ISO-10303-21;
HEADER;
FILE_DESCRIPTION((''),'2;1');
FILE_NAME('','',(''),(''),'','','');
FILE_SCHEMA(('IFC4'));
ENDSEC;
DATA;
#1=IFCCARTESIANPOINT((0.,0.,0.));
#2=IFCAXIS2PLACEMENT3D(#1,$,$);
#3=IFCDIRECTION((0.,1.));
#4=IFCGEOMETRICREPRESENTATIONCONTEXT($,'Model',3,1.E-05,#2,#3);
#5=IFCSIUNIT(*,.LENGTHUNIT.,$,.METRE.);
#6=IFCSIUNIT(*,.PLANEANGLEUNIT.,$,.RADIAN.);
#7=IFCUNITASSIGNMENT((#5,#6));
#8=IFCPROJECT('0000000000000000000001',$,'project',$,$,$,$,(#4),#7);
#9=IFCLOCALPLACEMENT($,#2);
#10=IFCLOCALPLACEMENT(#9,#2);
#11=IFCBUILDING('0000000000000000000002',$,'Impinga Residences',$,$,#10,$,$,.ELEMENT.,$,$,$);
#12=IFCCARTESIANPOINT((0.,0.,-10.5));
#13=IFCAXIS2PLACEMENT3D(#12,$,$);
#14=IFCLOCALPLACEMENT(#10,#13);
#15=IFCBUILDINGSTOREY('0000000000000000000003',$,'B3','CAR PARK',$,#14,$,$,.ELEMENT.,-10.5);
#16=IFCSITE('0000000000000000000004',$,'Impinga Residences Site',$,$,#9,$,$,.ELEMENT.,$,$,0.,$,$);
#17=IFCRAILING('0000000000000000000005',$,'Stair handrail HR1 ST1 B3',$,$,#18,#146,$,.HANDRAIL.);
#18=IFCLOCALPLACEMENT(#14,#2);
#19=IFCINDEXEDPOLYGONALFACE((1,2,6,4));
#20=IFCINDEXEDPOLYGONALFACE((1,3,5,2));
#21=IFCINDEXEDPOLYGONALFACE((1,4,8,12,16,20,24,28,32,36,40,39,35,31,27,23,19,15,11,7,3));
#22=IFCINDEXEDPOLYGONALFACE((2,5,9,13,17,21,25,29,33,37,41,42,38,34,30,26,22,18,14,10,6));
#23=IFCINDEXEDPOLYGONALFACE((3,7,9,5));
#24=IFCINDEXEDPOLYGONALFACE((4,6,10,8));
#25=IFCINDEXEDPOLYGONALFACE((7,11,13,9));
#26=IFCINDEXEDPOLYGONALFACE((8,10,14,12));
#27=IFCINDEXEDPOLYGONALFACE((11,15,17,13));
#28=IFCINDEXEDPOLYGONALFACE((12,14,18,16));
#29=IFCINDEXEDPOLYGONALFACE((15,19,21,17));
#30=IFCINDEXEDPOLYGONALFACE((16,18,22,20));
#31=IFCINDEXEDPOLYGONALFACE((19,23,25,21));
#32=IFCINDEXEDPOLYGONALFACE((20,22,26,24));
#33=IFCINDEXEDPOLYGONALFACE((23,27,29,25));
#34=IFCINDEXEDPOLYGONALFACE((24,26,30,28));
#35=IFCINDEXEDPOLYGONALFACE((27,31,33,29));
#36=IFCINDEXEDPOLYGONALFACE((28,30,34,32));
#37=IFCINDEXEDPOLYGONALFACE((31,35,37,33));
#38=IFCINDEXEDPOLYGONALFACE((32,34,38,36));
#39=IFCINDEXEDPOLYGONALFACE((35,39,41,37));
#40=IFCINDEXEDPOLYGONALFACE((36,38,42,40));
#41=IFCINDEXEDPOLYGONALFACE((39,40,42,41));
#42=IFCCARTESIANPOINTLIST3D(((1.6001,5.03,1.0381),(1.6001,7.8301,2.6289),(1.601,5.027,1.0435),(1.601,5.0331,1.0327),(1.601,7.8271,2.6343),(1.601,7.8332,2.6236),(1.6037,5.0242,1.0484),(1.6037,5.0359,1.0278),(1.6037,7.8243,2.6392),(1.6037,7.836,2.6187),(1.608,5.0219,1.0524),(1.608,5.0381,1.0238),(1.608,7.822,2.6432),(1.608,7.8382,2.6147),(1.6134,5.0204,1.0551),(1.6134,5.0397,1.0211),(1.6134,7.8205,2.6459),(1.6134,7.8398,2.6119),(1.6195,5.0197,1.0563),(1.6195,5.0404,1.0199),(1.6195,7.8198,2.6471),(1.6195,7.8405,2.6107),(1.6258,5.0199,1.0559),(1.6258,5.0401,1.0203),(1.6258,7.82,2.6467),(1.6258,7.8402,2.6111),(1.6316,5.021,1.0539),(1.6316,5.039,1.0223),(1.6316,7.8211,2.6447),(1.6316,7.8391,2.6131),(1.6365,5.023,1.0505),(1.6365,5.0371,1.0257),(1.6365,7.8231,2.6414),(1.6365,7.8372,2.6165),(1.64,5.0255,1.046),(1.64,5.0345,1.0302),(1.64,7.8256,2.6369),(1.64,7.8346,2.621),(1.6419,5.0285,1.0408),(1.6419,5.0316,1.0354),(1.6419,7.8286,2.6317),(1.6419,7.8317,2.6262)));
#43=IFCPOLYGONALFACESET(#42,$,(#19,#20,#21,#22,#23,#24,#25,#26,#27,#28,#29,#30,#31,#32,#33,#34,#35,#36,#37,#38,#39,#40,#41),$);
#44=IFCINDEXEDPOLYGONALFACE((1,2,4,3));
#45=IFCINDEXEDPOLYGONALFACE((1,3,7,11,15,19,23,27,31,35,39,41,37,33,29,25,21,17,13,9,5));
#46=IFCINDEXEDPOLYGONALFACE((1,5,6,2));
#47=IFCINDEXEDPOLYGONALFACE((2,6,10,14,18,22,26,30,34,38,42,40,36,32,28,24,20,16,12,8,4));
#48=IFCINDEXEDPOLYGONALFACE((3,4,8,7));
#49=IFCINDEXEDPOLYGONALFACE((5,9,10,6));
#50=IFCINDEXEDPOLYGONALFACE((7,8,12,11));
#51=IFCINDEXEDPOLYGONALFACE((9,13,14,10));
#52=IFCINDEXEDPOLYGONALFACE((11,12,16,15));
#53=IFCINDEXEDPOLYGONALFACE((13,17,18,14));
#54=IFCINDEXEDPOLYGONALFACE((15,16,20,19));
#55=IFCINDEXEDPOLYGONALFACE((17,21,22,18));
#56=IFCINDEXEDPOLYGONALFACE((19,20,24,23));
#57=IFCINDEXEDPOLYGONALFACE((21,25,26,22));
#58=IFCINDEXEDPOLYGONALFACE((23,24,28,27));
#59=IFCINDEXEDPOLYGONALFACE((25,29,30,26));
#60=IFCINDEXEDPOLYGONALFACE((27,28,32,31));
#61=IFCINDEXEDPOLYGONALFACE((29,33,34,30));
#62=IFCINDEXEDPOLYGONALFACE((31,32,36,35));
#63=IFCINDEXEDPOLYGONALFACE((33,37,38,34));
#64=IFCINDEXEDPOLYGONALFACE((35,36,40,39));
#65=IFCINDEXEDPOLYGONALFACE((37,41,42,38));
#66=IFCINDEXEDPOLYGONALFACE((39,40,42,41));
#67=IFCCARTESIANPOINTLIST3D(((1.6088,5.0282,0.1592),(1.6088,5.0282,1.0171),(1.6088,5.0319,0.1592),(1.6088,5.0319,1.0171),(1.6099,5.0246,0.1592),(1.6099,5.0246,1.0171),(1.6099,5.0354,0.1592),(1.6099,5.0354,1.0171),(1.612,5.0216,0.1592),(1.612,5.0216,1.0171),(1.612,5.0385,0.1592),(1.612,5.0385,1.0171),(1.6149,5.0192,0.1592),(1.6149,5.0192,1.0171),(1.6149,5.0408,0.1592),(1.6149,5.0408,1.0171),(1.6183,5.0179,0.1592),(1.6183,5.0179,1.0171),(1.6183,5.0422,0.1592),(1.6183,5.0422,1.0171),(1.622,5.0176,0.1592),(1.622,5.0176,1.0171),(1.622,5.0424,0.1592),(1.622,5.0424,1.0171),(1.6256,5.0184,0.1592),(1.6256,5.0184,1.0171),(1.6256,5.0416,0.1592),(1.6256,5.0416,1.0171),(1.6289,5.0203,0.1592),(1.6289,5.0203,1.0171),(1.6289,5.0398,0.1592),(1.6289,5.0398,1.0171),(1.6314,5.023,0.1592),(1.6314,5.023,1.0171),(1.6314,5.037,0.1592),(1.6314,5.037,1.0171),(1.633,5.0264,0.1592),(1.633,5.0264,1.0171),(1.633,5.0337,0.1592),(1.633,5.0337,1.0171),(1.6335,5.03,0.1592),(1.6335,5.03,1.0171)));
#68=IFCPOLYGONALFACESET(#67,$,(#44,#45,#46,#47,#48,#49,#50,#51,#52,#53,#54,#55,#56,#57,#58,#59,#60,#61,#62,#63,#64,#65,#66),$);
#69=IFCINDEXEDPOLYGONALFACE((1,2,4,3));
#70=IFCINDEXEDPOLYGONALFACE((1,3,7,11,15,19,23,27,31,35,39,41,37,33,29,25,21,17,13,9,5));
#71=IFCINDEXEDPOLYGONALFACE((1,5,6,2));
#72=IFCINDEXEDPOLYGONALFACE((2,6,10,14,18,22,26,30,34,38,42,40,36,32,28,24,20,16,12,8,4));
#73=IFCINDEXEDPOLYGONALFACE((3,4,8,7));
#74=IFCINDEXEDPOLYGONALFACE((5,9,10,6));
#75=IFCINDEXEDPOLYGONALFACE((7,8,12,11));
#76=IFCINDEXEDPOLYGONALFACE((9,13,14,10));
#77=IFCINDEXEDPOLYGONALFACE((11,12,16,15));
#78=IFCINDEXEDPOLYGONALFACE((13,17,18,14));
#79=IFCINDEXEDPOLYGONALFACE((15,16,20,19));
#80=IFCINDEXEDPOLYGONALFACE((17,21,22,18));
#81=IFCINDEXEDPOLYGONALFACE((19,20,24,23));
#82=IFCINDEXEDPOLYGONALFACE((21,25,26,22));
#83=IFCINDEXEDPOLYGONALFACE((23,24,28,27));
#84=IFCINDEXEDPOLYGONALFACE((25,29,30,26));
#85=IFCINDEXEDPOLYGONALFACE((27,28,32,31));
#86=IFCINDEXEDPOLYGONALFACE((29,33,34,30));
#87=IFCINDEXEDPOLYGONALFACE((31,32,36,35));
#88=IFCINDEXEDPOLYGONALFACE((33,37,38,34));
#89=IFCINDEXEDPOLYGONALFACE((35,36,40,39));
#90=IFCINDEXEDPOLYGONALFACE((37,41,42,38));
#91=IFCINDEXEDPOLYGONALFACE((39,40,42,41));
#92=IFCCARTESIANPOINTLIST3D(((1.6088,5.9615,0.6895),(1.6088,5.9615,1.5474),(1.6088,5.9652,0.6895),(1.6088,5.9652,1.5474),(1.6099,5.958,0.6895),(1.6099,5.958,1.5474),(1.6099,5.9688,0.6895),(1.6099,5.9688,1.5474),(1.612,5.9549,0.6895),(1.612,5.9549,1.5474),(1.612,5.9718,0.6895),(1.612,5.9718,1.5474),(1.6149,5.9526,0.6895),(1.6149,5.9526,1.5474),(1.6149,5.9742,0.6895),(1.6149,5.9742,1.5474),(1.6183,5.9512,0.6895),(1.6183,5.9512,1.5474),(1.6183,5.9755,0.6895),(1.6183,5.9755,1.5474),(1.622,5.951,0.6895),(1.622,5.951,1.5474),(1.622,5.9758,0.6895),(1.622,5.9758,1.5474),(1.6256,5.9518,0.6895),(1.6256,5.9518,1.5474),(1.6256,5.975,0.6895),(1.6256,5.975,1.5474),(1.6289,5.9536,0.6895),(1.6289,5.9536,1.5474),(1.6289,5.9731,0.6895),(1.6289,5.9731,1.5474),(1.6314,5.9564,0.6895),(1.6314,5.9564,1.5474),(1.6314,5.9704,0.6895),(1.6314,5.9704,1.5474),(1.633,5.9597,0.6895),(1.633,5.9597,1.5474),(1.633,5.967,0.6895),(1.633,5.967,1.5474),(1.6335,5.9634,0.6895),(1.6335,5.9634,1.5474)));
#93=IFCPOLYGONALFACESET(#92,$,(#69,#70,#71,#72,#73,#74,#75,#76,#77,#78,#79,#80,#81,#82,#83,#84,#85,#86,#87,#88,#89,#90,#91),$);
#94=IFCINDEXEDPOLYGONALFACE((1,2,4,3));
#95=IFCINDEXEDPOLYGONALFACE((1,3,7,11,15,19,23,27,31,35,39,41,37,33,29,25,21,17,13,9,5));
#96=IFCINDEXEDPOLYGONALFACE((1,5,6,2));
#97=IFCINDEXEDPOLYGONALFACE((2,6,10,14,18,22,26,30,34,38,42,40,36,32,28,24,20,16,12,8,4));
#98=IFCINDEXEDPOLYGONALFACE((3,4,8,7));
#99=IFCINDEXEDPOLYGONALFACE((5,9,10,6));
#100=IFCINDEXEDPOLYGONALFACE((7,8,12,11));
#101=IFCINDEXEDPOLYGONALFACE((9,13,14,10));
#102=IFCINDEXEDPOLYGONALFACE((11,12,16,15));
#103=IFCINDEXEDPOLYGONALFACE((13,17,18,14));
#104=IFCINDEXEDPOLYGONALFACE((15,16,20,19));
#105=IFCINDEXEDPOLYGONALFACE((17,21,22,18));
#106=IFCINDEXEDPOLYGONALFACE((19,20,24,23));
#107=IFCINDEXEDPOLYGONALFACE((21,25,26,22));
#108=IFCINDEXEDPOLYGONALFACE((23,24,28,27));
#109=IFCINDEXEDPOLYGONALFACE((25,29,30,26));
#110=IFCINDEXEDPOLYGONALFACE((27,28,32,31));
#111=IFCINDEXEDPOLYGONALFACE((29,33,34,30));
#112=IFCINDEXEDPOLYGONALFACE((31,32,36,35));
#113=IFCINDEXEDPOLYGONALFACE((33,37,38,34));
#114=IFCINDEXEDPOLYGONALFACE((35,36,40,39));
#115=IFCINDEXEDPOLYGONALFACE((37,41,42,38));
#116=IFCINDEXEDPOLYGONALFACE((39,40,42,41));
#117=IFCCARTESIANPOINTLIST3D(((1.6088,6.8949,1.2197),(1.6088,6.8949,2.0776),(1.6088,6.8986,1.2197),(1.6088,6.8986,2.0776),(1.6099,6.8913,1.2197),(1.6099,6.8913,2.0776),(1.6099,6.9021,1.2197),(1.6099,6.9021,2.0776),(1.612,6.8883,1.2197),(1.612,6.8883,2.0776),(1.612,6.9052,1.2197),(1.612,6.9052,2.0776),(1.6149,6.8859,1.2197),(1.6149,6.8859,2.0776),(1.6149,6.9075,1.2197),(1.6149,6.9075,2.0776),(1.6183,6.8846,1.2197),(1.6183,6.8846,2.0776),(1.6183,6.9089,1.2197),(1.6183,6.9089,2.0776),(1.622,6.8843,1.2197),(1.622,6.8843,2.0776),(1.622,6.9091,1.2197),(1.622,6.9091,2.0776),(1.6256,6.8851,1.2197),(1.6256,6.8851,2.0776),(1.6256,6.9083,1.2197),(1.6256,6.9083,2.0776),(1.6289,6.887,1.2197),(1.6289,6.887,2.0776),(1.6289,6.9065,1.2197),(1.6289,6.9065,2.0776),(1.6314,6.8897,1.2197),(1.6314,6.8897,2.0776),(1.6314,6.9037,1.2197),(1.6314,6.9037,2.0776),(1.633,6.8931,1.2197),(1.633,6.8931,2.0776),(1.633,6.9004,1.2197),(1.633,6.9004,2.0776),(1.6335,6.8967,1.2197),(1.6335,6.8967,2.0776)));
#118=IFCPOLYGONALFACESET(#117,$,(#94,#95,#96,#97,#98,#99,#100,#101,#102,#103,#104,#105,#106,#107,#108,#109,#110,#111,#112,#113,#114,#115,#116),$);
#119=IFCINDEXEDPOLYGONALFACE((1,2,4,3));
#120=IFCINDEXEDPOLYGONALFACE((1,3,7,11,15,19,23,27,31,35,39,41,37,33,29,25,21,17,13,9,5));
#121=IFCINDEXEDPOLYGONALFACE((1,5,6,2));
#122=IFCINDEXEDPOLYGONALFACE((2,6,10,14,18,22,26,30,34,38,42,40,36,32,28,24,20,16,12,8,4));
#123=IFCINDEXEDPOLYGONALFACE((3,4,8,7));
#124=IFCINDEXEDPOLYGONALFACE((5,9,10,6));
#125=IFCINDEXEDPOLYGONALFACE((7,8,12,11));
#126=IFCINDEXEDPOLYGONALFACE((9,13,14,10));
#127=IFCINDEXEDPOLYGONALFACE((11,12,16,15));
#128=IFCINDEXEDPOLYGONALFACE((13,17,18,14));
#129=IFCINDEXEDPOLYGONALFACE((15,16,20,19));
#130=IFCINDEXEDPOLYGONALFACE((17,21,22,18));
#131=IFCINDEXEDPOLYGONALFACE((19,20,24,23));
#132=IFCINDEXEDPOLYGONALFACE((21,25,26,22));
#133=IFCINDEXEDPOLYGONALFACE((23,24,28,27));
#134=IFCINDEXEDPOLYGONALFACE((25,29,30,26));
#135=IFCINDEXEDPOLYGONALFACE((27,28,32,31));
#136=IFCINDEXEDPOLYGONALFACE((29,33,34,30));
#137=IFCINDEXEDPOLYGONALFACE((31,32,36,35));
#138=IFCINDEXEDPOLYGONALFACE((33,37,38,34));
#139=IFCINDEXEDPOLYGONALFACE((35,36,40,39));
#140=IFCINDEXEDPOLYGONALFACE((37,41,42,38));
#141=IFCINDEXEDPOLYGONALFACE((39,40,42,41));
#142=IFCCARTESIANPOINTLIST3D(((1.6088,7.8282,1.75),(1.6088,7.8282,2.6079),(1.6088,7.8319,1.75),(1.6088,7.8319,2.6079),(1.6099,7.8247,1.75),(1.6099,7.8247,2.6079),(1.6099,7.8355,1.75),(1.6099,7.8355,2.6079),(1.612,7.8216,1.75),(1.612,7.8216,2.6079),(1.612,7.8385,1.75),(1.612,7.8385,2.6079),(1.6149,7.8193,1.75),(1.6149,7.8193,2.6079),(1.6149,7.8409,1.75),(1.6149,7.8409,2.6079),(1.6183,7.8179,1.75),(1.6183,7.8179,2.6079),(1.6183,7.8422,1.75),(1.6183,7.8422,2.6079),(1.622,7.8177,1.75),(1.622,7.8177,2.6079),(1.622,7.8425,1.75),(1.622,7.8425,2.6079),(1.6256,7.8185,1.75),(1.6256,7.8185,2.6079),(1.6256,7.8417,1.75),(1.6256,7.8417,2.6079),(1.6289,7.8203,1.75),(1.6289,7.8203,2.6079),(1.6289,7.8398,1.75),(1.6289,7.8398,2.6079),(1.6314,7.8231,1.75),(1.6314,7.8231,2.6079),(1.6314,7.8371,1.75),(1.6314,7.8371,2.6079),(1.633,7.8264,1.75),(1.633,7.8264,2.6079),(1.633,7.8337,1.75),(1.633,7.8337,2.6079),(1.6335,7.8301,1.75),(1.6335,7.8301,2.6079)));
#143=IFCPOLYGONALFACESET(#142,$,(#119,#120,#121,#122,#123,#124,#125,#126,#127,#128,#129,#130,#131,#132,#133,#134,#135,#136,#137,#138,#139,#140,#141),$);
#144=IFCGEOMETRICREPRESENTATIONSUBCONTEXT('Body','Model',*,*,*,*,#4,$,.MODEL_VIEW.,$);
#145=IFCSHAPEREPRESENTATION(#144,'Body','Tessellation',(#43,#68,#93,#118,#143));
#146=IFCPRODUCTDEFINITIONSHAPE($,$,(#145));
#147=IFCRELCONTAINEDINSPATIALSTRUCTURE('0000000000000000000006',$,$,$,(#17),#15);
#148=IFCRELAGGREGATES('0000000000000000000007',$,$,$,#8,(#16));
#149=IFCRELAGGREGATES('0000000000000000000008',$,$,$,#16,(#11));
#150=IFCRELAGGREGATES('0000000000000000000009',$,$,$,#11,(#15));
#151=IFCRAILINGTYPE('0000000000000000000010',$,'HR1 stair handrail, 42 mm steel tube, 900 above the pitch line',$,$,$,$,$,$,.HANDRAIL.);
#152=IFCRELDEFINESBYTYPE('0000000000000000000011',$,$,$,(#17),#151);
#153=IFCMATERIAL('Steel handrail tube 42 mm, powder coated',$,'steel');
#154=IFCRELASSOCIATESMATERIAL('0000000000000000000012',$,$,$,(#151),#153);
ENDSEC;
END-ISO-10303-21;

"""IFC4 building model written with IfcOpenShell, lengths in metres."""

from ifc_helpers import new_model, si_unit, direction, frame, origin, origin_2d, place, context, subcontext, project, spatial, circle, extrude, material, type_object, element, save


model = new_model("IFC4")

# Units and contexts
model_context = context("Model", 3, precision=1e-05, world=origin(), true_north=direction((0.0, 1.0)))
body_context = subcontext(model_context, "Body", "Model", "MODEL_VIEW")
ifc_project = project(units=[si_unit("LENGTHUNIT", "METRE"), si_unit("PLANEANGLEUNIT", "RADIAN")], contexts=[model_context])

# Site, building, storey
site_placement = place(None, origin())
site = spatial("IfcSite", under=ifc_project, at=site_placement, Name="Impinga Residences Site", CompositionType="ELEMENT", RefElevation=0.0)
building_placement = place(site_placement, origin())
building = spatial("IfcBuilding", under=site, at=building_placement, Name="Impinga Residences", CompositionType="ELEMENT")
storey_placement = place(building_placement, frame((0.0, 0.0, -10.5)))
storey = spatial("IfcBuildingStorey", under=building, at=storey_placement, Name="B3", Description="CAR PARK", CompositionType="ELEMENT", Elevation=-10.5)

# Railing
ifc_material_1 = material(Name="Steel handrail tube 42 mm, powder coated", Category="steel")
railing_type_1 = type_object("IfcRailingType", Name="HR1 stair handrail, 42 mm steel tube, 900 above the pitch line", PredefinedType="HANDRAIL", material=ifc_material_1)
railing_1_placement = place(storey_placement, frame((1.6211, 5.03, 0.1592)))
element("IfcRailing", 1, at=railing_1_placement, inside=storey, type_object=railing_type_1, Name="Stair handrail HR1 ST1 B3", PredefinedType="HANDRAIL", context=body_context, shape_type="SweptSolid", body=[
    extrude(circle(Radius=0.021, at=origin_2d()), frame((0.0, 0.0, 0.8789), z_axis=(0.0, 0.869472, 0.493982), x_axis=(-1.0, 0.0, 0.0)), (0.0, 0.0, 1.0), 3.2205),
    extrude(circle(Radius=0.0125, at=origin_2d()), origin(), (0.0, 0.0, 1.0), 0.8579),
    extrude(circle(Radius=0.0125, at=origin_2d()), frame((0.0, 0.9333, 0.5303)), (0.0, 0.0, 1.0), 0.8579),
    extrude(circle(Radius=0.0125, at=origin_2d()), frame((0.0, 1.8667, 1.0605)), (0.0, 0.0, 1.0), 0.8579),
    extrude(circle(Radius=0.0125, at=origin_2d()), frame((0.0, 2.8, 1.5908)), (0.0, 0.0, 1.0), 0.8579),
])

save(model, "model.ifc")
